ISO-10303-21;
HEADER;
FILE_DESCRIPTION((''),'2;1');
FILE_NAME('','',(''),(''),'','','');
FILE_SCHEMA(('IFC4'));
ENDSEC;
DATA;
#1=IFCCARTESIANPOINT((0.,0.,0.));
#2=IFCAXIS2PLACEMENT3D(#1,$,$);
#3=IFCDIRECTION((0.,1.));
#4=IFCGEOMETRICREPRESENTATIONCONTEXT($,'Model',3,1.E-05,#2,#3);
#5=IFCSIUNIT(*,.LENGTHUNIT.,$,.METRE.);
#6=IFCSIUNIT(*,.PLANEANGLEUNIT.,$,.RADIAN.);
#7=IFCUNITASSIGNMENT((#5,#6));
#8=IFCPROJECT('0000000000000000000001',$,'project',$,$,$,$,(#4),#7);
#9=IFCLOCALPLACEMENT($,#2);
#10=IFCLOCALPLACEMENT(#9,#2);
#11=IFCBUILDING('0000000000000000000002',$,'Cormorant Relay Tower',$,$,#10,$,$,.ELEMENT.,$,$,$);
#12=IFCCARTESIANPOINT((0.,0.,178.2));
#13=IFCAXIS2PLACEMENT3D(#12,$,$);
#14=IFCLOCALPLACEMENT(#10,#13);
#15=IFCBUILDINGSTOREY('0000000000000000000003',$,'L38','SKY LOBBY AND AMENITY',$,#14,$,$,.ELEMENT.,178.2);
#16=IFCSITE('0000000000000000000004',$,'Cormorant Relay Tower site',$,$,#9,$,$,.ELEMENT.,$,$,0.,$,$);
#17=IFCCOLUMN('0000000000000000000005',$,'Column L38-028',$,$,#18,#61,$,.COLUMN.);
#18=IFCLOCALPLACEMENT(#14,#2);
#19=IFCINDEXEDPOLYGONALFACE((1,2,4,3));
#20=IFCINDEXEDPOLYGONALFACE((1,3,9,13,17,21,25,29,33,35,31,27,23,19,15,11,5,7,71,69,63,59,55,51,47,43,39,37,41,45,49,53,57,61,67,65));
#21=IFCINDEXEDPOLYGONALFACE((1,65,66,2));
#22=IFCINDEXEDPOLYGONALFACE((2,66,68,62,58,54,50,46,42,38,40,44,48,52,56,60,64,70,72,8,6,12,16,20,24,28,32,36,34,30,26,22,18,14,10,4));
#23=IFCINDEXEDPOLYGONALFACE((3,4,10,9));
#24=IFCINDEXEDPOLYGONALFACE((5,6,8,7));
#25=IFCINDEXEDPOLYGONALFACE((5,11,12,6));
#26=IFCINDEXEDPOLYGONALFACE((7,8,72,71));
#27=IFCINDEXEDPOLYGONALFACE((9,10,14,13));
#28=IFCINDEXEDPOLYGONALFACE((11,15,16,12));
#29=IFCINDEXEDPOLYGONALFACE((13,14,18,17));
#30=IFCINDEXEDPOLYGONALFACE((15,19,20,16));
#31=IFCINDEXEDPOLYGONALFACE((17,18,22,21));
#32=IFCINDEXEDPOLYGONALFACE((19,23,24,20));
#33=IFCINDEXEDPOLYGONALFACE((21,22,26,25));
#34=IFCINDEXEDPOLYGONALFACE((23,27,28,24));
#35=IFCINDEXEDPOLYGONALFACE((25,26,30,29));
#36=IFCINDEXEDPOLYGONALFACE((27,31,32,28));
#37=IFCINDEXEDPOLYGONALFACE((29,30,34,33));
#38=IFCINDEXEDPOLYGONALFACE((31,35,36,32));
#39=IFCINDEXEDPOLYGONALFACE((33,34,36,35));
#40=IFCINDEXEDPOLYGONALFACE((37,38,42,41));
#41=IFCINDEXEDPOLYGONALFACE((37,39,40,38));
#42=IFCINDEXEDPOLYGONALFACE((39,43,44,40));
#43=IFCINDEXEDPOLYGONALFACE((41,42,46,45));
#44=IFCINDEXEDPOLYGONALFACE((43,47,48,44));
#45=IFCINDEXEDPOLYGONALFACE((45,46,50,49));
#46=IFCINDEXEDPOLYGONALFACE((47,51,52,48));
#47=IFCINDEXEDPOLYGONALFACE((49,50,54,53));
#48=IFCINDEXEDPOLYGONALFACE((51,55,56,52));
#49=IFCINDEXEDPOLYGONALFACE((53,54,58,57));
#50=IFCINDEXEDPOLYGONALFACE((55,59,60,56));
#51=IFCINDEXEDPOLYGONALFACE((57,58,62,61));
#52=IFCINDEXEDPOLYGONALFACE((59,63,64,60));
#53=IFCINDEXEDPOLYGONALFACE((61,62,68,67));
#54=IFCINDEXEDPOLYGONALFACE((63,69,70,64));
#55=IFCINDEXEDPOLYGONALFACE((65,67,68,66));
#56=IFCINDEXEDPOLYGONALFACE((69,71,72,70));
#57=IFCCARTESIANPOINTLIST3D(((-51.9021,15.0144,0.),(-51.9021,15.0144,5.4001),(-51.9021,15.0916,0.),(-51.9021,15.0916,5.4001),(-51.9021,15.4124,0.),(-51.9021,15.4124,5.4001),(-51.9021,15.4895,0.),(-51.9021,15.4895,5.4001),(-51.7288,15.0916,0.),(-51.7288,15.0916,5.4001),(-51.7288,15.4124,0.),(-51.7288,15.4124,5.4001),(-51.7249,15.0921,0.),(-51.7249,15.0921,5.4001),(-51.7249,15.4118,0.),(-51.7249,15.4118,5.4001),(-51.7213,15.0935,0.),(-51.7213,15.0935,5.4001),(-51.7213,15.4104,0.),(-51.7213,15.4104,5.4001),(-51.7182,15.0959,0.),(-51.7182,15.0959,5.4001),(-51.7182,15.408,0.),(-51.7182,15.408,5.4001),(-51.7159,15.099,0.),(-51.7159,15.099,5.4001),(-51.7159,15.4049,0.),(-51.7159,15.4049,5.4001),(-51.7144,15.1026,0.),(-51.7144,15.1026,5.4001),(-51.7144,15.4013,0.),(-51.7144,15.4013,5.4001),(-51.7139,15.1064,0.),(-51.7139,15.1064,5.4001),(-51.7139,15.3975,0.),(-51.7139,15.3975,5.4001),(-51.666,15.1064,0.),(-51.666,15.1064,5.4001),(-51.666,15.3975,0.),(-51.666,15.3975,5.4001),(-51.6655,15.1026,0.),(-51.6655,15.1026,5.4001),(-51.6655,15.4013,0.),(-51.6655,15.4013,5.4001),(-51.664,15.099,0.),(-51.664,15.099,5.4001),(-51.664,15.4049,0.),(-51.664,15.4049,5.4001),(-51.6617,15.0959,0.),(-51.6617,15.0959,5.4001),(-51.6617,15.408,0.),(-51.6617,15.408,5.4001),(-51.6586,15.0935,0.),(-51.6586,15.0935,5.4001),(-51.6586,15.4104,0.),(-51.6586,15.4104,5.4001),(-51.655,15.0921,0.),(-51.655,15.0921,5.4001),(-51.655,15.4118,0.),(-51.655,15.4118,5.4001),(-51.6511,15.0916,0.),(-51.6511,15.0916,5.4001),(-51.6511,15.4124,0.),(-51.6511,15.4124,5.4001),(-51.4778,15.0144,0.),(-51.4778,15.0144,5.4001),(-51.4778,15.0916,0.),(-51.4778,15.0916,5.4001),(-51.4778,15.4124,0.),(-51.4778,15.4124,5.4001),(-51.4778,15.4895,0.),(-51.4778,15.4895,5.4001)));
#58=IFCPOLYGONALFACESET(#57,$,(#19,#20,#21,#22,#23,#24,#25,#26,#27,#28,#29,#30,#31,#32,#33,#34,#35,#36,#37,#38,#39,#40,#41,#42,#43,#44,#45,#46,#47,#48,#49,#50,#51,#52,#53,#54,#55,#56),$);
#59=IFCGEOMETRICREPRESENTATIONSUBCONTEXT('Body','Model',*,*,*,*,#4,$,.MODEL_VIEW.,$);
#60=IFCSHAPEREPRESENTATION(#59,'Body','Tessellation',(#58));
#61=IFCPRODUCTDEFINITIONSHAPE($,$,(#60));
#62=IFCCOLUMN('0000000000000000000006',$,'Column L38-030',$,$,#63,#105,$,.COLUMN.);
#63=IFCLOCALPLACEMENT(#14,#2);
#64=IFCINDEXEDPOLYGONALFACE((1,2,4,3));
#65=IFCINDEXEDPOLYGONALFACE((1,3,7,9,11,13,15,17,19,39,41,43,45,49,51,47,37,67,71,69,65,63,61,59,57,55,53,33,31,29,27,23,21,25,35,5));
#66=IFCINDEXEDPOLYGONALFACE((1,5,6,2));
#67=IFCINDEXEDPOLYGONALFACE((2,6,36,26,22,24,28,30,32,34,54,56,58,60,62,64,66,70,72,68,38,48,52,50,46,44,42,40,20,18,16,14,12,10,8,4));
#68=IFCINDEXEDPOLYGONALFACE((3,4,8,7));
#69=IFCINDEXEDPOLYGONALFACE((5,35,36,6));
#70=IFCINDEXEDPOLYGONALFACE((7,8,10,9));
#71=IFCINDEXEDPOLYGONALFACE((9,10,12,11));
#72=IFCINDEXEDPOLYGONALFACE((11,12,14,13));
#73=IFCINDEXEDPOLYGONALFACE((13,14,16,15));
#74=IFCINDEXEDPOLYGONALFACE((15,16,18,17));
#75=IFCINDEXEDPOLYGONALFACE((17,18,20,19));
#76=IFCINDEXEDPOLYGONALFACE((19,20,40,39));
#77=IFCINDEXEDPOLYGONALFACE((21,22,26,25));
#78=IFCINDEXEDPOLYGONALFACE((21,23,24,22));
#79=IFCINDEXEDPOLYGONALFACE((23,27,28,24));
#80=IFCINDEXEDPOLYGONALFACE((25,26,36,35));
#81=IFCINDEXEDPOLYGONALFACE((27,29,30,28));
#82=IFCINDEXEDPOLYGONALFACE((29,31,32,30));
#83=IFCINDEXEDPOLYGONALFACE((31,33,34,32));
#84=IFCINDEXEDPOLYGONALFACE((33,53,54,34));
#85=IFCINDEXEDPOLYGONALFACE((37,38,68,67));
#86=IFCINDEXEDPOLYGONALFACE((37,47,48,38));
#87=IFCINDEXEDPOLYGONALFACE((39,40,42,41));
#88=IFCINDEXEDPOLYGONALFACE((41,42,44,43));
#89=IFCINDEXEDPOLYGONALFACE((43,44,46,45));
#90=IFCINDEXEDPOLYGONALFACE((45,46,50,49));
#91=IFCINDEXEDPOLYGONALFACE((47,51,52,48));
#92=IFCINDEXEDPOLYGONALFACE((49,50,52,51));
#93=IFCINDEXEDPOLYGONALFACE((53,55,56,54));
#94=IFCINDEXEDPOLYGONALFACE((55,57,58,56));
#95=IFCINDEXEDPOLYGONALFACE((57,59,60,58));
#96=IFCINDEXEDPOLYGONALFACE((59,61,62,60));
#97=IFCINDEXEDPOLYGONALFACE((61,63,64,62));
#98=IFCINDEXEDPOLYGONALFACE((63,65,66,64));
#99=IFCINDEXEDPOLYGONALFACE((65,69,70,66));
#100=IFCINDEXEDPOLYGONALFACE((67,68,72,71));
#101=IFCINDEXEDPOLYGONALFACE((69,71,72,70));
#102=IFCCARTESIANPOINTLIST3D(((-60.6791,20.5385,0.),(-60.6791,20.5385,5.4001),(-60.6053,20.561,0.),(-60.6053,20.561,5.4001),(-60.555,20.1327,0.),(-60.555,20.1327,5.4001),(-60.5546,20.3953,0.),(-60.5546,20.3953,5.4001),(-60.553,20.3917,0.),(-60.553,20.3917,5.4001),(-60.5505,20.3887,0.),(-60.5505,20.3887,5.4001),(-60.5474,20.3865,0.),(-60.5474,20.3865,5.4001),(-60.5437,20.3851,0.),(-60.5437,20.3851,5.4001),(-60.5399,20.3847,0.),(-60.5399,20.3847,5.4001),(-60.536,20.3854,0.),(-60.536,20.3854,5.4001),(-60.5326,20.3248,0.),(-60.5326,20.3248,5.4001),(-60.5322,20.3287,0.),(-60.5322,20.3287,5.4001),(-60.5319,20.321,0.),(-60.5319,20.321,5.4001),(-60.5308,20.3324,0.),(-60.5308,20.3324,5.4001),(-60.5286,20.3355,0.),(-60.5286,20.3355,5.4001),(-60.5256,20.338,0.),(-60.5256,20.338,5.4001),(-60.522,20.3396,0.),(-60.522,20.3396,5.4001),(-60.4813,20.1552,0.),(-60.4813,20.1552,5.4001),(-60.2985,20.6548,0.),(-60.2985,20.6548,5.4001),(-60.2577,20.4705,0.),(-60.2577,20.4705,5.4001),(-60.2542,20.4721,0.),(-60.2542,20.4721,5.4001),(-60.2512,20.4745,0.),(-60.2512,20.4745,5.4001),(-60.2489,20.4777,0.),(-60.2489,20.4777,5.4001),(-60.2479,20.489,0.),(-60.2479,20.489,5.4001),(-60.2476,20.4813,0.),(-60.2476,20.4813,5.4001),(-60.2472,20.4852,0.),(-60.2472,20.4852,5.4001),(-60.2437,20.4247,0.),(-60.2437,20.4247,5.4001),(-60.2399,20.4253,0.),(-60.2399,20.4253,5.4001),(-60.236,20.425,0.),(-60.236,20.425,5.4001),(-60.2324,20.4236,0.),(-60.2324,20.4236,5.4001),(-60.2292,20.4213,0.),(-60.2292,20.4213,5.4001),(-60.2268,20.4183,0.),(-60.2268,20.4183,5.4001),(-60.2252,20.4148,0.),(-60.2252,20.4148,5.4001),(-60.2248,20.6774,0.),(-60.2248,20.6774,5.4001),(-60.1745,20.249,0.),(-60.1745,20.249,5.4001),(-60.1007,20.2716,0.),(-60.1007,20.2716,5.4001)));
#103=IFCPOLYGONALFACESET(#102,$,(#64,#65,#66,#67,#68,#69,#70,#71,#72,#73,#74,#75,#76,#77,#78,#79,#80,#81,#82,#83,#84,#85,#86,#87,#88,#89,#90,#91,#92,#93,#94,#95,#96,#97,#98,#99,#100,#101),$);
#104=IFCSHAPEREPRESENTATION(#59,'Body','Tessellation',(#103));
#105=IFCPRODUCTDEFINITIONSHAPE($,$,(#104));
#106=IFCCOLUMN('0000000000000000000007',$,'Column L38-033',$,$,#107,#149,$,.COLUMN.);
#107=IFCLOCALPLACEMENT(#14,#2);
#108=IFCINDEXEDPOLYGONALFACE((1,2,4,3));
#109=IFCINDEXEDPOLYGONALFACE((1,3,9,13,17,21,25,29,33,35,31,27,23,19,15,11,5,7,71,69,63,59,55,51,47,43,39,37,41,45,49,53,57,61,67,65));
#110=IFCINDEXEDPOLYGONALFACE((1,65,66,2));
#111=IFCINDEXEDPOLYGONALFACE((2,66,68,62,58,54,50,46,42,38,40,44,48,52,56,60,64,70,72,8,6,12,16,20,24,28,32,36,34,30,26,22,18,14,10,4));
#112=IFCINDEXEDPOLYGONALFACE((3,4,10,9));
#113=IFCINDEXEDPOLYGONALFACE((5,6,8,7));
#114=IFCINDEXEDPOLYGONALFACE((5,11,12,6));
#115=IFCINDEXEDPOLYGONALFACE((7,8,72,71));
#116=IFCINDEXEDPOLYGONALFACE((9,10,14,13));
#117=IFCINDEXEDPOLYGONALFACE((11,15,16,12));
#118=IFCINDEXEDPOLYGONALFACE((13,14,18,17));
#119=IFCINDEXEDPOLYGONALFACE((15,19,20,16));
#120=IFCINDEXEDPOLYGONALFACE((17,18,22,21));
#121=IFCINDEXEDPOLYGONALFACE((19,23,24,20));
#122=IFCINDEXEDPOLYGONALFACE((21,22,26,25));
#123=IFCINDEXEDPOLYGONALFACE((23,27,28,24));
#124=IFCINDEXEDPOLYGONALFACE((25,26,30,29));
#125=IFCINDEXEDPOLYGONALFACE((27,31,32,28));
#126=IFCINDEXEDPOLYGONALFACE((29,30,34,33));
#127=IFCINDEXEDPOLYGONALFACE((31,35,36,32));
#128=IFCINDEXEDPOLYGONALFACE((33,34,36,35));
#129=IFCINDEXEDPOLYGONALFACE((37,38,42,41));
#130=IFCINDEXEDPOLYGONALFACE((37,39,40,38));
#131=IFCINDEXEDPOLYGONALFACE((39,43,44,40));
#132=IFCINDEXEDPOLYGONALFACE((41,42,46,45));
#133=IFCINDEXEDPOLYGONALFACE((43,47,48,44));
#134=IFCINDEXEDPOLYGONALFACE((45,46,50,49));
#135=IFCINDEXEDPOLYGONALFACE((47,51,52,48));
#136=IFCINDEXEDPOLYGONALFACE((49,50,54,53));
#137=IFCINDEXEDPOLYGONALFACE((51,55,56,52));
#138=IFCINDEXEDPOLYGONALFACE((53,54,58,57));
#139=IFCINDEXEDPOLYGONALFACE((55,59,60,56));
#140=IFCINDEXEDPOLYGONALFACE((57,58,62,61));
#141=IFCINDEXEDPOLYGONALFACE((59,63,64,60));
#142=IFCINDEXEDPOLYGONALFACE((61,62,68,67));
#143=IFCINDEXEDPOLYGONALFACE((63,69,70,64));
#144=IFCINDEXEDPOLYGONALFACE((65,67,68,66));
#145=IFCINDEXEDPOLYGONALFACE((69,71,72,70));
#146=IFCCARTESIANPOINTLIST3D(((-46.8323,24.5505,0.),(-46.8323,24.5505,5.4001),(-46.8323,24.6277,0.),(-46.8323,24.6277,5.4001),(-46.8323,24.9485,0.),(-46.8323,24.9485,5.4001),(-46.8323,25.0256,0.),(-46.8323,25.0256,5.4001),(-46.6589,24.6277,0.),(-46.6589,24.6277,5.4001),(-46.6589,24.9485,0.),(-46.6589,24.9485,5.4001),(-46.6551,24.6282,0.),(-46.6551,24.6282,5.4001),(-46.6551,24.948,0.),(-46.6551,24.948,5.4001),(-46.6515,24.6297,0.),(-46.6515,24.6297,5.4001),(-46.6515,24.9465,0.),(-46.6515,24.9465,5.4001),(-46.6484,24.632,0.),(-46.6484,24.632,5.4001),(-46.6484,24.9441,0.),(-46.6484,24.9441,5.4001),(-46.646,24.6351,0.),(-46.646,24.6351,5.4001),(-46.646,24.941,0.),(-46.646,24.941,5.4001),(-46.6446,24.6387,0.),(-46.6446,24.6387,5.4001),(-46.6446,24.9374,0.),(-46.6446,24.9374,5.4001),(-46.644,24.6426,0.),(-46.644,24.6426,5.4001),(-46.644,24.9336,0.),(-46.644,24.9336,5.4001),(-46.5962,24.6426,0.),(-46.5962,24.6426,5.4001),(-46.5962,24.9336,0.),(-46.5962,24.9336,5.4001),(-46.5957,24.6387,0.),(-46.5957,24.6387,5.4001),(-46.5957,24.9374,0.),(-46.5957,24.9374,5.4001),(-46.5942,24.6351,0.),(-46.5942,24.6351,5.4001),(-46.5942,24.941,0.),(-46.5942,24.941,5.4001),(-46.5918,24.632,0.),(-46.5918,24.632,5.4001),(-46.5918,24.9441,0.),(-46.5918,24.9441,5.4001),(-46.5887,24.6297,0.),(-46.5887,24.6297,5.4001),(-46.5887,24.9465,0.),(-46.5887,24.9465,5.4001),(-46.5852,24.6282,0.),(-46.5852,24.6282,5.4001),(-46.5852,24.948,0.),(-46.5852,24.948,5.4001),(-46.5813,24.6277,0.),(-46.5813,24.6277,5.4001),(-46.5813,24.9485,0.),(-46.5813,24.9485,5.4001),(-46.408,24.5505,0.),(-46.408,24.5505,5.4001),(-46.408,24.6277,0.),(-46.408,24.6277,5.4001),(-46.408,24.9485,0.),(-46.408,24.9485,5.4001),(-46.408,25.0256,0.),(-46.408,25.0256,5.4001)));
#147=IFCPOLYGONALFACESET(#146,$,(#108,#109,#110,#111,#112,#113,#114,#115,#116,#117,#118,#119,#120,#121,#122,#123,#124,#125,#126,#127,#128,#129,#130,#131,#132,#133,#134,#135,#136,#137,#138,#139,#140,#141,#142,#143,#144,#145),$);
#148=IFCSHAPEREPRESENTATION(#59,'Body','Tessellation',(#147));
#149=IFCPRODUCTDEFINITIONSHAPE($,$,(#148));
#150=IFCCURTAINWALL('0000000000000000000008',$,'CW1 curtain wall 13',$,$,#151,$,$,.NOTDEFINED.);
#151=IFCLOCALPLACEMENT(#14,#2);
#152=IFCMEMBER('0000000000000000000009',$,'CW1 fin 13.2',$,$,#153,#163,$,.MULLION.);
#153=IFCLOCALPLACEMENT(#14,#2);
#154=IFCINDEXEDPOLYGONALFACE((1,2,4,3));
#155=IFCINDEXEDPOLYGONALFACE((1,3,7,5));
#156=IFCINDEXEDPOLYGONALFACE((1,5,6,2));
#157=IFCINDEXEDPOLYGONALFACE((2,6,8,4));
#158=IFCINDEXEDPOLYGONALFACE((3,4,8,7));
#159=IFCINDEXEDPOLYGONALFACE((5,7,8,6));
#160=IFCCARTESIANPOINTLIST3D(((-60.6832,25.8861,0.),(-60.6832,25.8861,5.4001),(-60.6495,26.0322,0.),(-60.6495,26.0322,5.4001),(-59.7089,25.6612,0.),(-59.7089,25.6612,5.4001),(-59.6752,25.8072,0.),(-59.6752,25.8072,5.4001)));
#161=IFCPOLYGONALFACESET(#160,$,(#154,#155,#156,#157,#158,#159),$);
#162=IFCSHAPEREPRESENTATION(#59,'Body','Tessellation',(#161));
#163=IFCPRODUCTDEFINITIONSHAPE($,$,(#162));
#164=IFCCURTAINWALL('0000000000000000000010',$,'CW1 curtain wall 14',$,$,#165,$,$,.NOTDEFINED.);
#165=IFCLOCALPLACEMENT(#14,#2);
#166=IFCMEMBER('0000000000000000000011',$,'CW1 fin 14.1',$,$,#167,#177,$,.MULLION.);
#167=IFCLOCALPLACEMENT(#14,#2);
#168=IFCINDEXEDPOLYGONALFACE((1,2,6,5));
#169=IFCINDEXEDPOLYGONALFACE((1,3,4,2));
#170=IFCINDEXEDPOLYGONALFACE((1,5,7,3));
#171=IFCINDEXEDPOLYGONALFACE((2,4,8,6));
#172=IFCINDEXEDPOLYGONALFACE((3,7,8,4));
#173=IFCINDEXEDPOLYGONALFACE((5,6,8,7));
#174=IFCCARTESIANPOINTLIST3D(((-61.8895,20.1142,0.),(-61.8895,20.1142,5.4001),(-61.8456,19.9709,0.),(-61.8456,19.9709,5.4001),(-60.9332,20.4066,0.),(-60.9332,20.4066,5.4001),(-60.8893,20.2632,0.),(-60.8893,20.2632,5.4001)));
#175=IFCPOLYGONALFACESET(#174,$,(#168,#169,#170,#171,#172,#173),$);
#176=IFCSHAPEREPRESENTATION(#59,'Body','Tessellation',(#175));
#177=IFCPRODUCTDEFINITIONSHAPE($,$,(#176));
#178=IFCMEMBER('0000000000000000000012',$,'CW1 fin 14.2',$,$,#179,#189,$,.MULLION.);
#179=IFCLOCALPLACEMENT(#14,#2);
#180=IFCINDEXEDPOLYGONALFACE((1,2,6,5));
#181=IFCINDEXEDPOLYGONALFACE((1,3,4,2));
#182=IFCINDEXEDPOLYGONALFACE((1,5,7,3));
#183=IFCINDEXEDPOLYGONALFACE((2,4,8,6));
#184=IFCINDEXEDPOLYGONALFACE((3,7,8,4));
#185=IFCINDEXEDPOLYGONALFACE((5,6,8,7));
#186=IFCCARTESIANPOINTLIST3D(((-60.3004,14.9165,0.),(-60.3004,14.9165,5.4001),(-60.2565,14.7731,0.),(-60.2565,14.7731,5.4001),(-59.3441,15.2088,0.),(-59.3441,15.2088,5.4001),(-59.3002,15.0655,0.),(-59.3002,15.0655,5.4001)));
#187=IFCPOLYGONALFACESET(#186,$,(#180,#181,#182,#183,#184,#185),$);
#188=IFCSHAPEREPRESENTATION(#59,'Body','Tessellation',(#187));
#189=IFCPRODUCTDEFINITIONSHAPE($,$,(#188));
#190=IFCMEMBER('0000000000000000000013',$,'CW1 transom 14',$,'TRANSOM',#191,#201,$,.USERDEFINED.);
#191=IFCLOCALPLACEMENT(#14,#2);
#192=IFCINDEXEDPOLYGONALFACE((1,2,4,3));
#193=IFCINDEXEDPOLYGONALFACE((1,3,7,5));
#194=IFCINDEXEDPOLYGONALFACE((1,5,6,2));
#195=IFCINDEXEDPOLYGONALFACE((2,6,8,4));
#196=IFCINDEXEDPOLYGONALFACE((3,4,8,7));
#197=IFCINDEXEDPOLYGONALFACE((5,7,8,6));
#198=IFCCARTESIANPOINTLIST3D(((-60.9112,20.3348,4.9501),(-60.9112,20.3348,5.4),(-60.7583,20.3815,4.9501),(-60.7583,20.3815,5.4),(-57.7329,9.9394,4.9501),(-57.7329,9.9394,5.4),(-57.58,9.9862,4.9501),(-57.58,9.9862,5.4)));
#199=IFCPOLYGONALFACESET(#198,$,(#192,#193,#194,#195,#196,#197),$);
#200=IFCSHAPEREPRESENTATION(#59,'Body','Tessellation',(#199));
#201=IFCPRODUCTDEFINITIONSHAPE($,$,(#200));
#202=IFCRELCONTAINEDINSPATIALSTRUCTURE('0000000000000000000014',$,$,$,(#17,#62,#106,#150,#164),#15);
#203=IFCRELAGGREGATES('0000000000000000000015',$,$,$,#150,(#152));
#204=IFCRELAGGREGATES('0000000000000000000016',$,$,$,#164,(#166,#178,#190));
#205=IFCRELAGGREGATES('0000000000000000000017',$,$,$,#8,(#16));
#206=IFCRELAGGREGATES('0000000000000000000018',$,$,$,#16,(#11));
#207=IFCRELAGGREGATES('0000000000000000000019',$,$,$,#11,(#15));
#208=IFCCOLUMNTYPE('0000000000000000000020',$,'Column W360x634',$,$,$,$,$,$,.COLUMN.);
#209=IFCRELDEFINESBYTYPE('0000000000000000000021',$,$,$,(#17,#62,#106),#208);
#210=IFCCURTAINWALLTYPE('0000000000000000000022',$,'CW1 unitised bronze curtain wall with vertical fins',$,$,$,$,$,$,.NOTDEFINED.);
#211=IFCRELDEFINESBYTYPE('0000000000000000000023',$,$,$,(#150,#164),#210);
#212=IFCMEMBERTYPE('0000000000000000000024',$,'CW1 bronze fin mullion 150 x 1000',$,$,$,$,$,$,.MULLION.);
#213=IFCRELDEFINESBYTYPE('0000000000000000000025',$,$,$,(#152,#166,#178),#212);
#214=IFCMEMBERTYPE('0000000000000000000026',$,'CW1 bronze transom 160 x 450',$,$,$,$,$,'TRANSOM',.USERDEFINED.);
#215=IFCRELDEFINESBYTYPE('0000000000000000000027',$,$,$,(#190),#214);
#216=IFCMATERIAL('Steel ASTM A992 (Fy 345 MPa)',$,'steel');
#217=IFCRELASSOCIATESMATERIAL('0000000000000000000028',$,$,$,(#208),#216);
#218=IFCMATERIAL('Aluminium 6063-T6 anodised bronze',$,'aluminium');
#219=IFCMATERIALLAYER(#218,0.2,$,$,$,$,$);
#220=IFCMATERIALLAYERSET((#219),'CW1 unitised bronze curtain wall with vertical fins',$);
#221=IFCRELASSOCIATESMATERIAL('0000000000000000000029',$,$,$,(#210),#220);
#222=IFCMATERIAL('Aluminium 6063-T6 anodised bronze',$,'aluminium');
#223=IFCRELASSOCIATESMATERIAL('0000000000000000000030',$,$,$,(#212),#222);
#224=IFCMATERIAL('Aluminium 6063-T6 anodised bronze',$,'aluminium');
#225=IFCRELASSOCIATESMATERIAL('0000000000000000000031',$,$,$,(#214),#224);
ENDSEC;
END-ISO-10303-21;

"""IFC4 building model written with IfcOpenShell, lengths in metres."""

from ifc_helpers import new_model, si_unit, direction, frame, origin, origin_2d, place, context, subcontext, project, spatial, rectangle, i_section, extrude, material, layer, layer_set, material_profile, profile_set, type_object, element, aggregate, save


model = new_model("IFC4")

# Units and contexts
model_context = context("Model", 3, precision=1e-05, world=origin(), true_north=direction((0.0, 1.0)))
body_context = subcontext(model_context, "Body", "Model", "MODEL_VIEW")
ifc_project = project(units=[si_unit("LENGTHUNIT", "METRE"), si_unit("PLANEANGLEUNIT", "RADIAN")], contexts=[model_context])

# Site, building, storey
site_placement = place(None, origin())
site = spatial("IfcSite", under=ifc_project, at=site_placement, Name="Cormorant Relay Tower site", CompositionType="ELEMENT", RefElevation=0.0)
building_placement = place(site_placement, origin())
building = spatial("IfcBuilding", under=site, at=building_placement, Name="Cormorant Relay Tower", CompositionType="ELEMENT")
storey_placement = place(building_placement, frame((0.0, 0.0, 178.2)))
storey = spatial("IfcBuildingStorey", under=building, at=storey_placement, Name="L38", Description="SKY LOBBY AND AMENITY", CompositionType="ELEMENT", Elevation=178.2)

# Columns
ifc_material_1 = material(Name="Steel ASTM A992 (Fy 345 MPa)", Category="steel")
ifc_material_profile_1 = material_profile(ifc_material_1, i_section(OverallWidth=0.4243, OverallDepth=0.4751, WebThickness=0.0479, FlangeThickness=0.0771, FilletRadius=0.0149, at=origin_2d()), Name="W360x634")
ifc_profile_set_1 = profile_set([ifc_material_profile_1], Name="Steel ASTM A992 (Fy 345 MPa)")
column_type = type_object("IfcColumnType", Name="Column W360x634", PredefinedType="COLUMN", material=ifc_profile_set_1)
for number, where, z_axis, x_axis, name in (
    (1, (-51.6899, 15.252, 0.0), (0.0, 0.0, 1.0), (1.0, 0.0, 0.0), "Column L38-028"),
    (2, (-60.3899, 20.405, 0.0), (0.0, 0.0, 1.0), (0.292372, -0.956305, 0.0), "Column L38-030"),
    (3, (-46.6201, 24.7881, 0.0), (0.0, 0.0, 1.0), (1.0, 0.0, 0.0), "Column L38-033"),
):
    element("IfcColumn", number, at=place(storey_placement, frame(where, z_axis=z_axis, x_axis=x_axis)), inside=storey, type_object=column_type, Name=name, PredefinedType="COLUMN", context=body_context, shape_type="SweptSolid", body=[
        extrude(i_section(OverallWidth=0.4243, OverallDepth=0.4751, WebThickness=0.0479, FlangeThickness=0.0771, FilletRadius=0.0149, at=origin_2d()), origin(), (0.0, 0.0, 1.0), 5.4001),
    ])

# Curtain wall, member
ifc_material_2 = material(Name="Aluminium 6063-T6 anodised bronze", Category="aluminium")
ifc_layer_1 = layer(ifc_material_2, 0.2)
ifc_layer_set_1 = layer_set([ifc_layer_1], Name="CW1 unitised bronze curtain wall with vertical fins")
curtain_wall_type = type_object("IfcCurtainWallType", Name="CW1 unitised bronze curtain wall with vertical fins", PredefinedType="NOTDEFINED", material=ifc_layer_set_1)
curtain_wall_1_placement = place(storey_placement, origin())
curtain_wall_1 = element("IfcCurtainWall", 4, at=curtain_wall_1_placement, inside=storey, type_object=curtain_wall_type, Name="CW1 curtain wall 13", PredefinedType="NOTDEFINED")
ifc_material_3 = material(Name="Aluminium 6063-T6 anodised bronze", Category="aluminium")
ifc_material_profile_2 = material_profile(ifc_material_3, rectangle(XDim=0.1499, YDim=1.0, at=origin_2d()), Name="AL 150x1000")
ifc_profile_set_2 = profile_set([ifc_material_profile_2], Name="Aluminium 6063-T6 anodised bronze")
member_type_1 = type_object("IfcMemberType", Name="CW1 bronze fin mullion 150 x 1000", PredefinedType="MULLION", material=ifc_profile_set_2)
member_1_placement = place(storey_placement, frame((-60.1792, 25.8467, 0.0), z_axis=(0.0, 0.0, 1.0), x_axis=(-0.224951, -0.97437, 0.0)))
member_1 = element("IfcMember", 5, at=member_1_placement, type_object=member_type_1, Name="CW1 fin 13.2", PredefinedType="MULLION", context=body_context, shape_type="SweptSolid", body=[
    extrude(rectangle(XDim=0.1499, YDim=1.0, at=origin_2d()), origin(), (0.0, 0.0, 1.0), 5.4001),
])

# Curtain wall, members
curtain_wall_2_placement = place(storey_placement, origin())
curtain_wall_2 = element("IfcCurtainWall", 6, at=curtain_wall_2_placement, inside=storey, type_object=curtain_wall_type, Name="CW1 curtain wall 14", PredefinedType="NOTDEFINED")
member_2_placement = place(storey_placement, frame((-61.3894, 20.1887, 0.0), z_axis=(0.0, 0.0, 1.0), x_axis=(0.292372, -0.956305, 0.0)))
member_2 = element("IfcMember", 7, at=member_2_placement, type_object=member_type_1, Name="CW1 fin 14.1", PredefinedType="MULLION", context=body_context, shape_type="SweptSolid", body=[
    extrude(rectangle(XDim=0.1499, YDim=1.0, at=origin_2d()), origin(), (0.0, 0.0, 1.0), 5.4001),
])
member_3_placement = place(storey_placement, frame((-59.8003, 14.991, 0.0), z_axis=(0.0, 0.0, 1.0), x_axis=(0.292372, -0.956305, 0.0)))
member_3 = element("IfcMember", 8, at=member_3_placement, type_object=member_type_1, Name="CW1 fin 14.2", PredefinedType="MULLION", context=body_context, shape_type="SweptSolid", body=[
    extrude(rectangle(XDim=0.1499, YDim=1.0, at=origin_2d()), origin(), (0.0, 0.0, 1.0), 5.4001),
])
ifc_material_4 = material(Name="Aluminium 6063-T6 anodised bronze", Category="aluminium")
ifc_material_profile_3 = material_profile(ifc_material_4, rectangle(XDim=0.1599, YDim=0.45, at=origin_2d()), Name="AL 160x450")
ifc_profile_set_3 = profile_set([ifc_material_profile_3], Name="Aluminium 6063-T6 anodised bronze")
member_type_2 = type_object("IfcMemberType", Name="CW1 bronze transom 160 x 450", ElementType="TRANSOM", PredefinedType="USERDEFINED", material=ifc_profile_set_3)
member_4_placement = place(storey_placement, frame((-60.8347, 20.3582, 5.175), z_axis=(0.292378, -0.956303, 0.0), x_axis=(0.956303, 0.292378, 0.0)))
member_4 = element("IfcMember", 9, at=member_4_placement, type_object=member_type_2, Name="CW1 transom 14", ObjectType="TRANSOM", PredefinedType="USERDEFINED", context=body_context, shape_type="SweptSolid", body=[
    extrude(rectangle(XDim=0.1599, YDim=0.45, at=origin_2d()), origin(), (0.0, 0.0, 1.0), 10.8704),
])

aggregate(curtain_wall_1, [member_1])
aggregate(curtain_wall_2, [member_2, member_3, member_4])

save(model, "model.ifc")
